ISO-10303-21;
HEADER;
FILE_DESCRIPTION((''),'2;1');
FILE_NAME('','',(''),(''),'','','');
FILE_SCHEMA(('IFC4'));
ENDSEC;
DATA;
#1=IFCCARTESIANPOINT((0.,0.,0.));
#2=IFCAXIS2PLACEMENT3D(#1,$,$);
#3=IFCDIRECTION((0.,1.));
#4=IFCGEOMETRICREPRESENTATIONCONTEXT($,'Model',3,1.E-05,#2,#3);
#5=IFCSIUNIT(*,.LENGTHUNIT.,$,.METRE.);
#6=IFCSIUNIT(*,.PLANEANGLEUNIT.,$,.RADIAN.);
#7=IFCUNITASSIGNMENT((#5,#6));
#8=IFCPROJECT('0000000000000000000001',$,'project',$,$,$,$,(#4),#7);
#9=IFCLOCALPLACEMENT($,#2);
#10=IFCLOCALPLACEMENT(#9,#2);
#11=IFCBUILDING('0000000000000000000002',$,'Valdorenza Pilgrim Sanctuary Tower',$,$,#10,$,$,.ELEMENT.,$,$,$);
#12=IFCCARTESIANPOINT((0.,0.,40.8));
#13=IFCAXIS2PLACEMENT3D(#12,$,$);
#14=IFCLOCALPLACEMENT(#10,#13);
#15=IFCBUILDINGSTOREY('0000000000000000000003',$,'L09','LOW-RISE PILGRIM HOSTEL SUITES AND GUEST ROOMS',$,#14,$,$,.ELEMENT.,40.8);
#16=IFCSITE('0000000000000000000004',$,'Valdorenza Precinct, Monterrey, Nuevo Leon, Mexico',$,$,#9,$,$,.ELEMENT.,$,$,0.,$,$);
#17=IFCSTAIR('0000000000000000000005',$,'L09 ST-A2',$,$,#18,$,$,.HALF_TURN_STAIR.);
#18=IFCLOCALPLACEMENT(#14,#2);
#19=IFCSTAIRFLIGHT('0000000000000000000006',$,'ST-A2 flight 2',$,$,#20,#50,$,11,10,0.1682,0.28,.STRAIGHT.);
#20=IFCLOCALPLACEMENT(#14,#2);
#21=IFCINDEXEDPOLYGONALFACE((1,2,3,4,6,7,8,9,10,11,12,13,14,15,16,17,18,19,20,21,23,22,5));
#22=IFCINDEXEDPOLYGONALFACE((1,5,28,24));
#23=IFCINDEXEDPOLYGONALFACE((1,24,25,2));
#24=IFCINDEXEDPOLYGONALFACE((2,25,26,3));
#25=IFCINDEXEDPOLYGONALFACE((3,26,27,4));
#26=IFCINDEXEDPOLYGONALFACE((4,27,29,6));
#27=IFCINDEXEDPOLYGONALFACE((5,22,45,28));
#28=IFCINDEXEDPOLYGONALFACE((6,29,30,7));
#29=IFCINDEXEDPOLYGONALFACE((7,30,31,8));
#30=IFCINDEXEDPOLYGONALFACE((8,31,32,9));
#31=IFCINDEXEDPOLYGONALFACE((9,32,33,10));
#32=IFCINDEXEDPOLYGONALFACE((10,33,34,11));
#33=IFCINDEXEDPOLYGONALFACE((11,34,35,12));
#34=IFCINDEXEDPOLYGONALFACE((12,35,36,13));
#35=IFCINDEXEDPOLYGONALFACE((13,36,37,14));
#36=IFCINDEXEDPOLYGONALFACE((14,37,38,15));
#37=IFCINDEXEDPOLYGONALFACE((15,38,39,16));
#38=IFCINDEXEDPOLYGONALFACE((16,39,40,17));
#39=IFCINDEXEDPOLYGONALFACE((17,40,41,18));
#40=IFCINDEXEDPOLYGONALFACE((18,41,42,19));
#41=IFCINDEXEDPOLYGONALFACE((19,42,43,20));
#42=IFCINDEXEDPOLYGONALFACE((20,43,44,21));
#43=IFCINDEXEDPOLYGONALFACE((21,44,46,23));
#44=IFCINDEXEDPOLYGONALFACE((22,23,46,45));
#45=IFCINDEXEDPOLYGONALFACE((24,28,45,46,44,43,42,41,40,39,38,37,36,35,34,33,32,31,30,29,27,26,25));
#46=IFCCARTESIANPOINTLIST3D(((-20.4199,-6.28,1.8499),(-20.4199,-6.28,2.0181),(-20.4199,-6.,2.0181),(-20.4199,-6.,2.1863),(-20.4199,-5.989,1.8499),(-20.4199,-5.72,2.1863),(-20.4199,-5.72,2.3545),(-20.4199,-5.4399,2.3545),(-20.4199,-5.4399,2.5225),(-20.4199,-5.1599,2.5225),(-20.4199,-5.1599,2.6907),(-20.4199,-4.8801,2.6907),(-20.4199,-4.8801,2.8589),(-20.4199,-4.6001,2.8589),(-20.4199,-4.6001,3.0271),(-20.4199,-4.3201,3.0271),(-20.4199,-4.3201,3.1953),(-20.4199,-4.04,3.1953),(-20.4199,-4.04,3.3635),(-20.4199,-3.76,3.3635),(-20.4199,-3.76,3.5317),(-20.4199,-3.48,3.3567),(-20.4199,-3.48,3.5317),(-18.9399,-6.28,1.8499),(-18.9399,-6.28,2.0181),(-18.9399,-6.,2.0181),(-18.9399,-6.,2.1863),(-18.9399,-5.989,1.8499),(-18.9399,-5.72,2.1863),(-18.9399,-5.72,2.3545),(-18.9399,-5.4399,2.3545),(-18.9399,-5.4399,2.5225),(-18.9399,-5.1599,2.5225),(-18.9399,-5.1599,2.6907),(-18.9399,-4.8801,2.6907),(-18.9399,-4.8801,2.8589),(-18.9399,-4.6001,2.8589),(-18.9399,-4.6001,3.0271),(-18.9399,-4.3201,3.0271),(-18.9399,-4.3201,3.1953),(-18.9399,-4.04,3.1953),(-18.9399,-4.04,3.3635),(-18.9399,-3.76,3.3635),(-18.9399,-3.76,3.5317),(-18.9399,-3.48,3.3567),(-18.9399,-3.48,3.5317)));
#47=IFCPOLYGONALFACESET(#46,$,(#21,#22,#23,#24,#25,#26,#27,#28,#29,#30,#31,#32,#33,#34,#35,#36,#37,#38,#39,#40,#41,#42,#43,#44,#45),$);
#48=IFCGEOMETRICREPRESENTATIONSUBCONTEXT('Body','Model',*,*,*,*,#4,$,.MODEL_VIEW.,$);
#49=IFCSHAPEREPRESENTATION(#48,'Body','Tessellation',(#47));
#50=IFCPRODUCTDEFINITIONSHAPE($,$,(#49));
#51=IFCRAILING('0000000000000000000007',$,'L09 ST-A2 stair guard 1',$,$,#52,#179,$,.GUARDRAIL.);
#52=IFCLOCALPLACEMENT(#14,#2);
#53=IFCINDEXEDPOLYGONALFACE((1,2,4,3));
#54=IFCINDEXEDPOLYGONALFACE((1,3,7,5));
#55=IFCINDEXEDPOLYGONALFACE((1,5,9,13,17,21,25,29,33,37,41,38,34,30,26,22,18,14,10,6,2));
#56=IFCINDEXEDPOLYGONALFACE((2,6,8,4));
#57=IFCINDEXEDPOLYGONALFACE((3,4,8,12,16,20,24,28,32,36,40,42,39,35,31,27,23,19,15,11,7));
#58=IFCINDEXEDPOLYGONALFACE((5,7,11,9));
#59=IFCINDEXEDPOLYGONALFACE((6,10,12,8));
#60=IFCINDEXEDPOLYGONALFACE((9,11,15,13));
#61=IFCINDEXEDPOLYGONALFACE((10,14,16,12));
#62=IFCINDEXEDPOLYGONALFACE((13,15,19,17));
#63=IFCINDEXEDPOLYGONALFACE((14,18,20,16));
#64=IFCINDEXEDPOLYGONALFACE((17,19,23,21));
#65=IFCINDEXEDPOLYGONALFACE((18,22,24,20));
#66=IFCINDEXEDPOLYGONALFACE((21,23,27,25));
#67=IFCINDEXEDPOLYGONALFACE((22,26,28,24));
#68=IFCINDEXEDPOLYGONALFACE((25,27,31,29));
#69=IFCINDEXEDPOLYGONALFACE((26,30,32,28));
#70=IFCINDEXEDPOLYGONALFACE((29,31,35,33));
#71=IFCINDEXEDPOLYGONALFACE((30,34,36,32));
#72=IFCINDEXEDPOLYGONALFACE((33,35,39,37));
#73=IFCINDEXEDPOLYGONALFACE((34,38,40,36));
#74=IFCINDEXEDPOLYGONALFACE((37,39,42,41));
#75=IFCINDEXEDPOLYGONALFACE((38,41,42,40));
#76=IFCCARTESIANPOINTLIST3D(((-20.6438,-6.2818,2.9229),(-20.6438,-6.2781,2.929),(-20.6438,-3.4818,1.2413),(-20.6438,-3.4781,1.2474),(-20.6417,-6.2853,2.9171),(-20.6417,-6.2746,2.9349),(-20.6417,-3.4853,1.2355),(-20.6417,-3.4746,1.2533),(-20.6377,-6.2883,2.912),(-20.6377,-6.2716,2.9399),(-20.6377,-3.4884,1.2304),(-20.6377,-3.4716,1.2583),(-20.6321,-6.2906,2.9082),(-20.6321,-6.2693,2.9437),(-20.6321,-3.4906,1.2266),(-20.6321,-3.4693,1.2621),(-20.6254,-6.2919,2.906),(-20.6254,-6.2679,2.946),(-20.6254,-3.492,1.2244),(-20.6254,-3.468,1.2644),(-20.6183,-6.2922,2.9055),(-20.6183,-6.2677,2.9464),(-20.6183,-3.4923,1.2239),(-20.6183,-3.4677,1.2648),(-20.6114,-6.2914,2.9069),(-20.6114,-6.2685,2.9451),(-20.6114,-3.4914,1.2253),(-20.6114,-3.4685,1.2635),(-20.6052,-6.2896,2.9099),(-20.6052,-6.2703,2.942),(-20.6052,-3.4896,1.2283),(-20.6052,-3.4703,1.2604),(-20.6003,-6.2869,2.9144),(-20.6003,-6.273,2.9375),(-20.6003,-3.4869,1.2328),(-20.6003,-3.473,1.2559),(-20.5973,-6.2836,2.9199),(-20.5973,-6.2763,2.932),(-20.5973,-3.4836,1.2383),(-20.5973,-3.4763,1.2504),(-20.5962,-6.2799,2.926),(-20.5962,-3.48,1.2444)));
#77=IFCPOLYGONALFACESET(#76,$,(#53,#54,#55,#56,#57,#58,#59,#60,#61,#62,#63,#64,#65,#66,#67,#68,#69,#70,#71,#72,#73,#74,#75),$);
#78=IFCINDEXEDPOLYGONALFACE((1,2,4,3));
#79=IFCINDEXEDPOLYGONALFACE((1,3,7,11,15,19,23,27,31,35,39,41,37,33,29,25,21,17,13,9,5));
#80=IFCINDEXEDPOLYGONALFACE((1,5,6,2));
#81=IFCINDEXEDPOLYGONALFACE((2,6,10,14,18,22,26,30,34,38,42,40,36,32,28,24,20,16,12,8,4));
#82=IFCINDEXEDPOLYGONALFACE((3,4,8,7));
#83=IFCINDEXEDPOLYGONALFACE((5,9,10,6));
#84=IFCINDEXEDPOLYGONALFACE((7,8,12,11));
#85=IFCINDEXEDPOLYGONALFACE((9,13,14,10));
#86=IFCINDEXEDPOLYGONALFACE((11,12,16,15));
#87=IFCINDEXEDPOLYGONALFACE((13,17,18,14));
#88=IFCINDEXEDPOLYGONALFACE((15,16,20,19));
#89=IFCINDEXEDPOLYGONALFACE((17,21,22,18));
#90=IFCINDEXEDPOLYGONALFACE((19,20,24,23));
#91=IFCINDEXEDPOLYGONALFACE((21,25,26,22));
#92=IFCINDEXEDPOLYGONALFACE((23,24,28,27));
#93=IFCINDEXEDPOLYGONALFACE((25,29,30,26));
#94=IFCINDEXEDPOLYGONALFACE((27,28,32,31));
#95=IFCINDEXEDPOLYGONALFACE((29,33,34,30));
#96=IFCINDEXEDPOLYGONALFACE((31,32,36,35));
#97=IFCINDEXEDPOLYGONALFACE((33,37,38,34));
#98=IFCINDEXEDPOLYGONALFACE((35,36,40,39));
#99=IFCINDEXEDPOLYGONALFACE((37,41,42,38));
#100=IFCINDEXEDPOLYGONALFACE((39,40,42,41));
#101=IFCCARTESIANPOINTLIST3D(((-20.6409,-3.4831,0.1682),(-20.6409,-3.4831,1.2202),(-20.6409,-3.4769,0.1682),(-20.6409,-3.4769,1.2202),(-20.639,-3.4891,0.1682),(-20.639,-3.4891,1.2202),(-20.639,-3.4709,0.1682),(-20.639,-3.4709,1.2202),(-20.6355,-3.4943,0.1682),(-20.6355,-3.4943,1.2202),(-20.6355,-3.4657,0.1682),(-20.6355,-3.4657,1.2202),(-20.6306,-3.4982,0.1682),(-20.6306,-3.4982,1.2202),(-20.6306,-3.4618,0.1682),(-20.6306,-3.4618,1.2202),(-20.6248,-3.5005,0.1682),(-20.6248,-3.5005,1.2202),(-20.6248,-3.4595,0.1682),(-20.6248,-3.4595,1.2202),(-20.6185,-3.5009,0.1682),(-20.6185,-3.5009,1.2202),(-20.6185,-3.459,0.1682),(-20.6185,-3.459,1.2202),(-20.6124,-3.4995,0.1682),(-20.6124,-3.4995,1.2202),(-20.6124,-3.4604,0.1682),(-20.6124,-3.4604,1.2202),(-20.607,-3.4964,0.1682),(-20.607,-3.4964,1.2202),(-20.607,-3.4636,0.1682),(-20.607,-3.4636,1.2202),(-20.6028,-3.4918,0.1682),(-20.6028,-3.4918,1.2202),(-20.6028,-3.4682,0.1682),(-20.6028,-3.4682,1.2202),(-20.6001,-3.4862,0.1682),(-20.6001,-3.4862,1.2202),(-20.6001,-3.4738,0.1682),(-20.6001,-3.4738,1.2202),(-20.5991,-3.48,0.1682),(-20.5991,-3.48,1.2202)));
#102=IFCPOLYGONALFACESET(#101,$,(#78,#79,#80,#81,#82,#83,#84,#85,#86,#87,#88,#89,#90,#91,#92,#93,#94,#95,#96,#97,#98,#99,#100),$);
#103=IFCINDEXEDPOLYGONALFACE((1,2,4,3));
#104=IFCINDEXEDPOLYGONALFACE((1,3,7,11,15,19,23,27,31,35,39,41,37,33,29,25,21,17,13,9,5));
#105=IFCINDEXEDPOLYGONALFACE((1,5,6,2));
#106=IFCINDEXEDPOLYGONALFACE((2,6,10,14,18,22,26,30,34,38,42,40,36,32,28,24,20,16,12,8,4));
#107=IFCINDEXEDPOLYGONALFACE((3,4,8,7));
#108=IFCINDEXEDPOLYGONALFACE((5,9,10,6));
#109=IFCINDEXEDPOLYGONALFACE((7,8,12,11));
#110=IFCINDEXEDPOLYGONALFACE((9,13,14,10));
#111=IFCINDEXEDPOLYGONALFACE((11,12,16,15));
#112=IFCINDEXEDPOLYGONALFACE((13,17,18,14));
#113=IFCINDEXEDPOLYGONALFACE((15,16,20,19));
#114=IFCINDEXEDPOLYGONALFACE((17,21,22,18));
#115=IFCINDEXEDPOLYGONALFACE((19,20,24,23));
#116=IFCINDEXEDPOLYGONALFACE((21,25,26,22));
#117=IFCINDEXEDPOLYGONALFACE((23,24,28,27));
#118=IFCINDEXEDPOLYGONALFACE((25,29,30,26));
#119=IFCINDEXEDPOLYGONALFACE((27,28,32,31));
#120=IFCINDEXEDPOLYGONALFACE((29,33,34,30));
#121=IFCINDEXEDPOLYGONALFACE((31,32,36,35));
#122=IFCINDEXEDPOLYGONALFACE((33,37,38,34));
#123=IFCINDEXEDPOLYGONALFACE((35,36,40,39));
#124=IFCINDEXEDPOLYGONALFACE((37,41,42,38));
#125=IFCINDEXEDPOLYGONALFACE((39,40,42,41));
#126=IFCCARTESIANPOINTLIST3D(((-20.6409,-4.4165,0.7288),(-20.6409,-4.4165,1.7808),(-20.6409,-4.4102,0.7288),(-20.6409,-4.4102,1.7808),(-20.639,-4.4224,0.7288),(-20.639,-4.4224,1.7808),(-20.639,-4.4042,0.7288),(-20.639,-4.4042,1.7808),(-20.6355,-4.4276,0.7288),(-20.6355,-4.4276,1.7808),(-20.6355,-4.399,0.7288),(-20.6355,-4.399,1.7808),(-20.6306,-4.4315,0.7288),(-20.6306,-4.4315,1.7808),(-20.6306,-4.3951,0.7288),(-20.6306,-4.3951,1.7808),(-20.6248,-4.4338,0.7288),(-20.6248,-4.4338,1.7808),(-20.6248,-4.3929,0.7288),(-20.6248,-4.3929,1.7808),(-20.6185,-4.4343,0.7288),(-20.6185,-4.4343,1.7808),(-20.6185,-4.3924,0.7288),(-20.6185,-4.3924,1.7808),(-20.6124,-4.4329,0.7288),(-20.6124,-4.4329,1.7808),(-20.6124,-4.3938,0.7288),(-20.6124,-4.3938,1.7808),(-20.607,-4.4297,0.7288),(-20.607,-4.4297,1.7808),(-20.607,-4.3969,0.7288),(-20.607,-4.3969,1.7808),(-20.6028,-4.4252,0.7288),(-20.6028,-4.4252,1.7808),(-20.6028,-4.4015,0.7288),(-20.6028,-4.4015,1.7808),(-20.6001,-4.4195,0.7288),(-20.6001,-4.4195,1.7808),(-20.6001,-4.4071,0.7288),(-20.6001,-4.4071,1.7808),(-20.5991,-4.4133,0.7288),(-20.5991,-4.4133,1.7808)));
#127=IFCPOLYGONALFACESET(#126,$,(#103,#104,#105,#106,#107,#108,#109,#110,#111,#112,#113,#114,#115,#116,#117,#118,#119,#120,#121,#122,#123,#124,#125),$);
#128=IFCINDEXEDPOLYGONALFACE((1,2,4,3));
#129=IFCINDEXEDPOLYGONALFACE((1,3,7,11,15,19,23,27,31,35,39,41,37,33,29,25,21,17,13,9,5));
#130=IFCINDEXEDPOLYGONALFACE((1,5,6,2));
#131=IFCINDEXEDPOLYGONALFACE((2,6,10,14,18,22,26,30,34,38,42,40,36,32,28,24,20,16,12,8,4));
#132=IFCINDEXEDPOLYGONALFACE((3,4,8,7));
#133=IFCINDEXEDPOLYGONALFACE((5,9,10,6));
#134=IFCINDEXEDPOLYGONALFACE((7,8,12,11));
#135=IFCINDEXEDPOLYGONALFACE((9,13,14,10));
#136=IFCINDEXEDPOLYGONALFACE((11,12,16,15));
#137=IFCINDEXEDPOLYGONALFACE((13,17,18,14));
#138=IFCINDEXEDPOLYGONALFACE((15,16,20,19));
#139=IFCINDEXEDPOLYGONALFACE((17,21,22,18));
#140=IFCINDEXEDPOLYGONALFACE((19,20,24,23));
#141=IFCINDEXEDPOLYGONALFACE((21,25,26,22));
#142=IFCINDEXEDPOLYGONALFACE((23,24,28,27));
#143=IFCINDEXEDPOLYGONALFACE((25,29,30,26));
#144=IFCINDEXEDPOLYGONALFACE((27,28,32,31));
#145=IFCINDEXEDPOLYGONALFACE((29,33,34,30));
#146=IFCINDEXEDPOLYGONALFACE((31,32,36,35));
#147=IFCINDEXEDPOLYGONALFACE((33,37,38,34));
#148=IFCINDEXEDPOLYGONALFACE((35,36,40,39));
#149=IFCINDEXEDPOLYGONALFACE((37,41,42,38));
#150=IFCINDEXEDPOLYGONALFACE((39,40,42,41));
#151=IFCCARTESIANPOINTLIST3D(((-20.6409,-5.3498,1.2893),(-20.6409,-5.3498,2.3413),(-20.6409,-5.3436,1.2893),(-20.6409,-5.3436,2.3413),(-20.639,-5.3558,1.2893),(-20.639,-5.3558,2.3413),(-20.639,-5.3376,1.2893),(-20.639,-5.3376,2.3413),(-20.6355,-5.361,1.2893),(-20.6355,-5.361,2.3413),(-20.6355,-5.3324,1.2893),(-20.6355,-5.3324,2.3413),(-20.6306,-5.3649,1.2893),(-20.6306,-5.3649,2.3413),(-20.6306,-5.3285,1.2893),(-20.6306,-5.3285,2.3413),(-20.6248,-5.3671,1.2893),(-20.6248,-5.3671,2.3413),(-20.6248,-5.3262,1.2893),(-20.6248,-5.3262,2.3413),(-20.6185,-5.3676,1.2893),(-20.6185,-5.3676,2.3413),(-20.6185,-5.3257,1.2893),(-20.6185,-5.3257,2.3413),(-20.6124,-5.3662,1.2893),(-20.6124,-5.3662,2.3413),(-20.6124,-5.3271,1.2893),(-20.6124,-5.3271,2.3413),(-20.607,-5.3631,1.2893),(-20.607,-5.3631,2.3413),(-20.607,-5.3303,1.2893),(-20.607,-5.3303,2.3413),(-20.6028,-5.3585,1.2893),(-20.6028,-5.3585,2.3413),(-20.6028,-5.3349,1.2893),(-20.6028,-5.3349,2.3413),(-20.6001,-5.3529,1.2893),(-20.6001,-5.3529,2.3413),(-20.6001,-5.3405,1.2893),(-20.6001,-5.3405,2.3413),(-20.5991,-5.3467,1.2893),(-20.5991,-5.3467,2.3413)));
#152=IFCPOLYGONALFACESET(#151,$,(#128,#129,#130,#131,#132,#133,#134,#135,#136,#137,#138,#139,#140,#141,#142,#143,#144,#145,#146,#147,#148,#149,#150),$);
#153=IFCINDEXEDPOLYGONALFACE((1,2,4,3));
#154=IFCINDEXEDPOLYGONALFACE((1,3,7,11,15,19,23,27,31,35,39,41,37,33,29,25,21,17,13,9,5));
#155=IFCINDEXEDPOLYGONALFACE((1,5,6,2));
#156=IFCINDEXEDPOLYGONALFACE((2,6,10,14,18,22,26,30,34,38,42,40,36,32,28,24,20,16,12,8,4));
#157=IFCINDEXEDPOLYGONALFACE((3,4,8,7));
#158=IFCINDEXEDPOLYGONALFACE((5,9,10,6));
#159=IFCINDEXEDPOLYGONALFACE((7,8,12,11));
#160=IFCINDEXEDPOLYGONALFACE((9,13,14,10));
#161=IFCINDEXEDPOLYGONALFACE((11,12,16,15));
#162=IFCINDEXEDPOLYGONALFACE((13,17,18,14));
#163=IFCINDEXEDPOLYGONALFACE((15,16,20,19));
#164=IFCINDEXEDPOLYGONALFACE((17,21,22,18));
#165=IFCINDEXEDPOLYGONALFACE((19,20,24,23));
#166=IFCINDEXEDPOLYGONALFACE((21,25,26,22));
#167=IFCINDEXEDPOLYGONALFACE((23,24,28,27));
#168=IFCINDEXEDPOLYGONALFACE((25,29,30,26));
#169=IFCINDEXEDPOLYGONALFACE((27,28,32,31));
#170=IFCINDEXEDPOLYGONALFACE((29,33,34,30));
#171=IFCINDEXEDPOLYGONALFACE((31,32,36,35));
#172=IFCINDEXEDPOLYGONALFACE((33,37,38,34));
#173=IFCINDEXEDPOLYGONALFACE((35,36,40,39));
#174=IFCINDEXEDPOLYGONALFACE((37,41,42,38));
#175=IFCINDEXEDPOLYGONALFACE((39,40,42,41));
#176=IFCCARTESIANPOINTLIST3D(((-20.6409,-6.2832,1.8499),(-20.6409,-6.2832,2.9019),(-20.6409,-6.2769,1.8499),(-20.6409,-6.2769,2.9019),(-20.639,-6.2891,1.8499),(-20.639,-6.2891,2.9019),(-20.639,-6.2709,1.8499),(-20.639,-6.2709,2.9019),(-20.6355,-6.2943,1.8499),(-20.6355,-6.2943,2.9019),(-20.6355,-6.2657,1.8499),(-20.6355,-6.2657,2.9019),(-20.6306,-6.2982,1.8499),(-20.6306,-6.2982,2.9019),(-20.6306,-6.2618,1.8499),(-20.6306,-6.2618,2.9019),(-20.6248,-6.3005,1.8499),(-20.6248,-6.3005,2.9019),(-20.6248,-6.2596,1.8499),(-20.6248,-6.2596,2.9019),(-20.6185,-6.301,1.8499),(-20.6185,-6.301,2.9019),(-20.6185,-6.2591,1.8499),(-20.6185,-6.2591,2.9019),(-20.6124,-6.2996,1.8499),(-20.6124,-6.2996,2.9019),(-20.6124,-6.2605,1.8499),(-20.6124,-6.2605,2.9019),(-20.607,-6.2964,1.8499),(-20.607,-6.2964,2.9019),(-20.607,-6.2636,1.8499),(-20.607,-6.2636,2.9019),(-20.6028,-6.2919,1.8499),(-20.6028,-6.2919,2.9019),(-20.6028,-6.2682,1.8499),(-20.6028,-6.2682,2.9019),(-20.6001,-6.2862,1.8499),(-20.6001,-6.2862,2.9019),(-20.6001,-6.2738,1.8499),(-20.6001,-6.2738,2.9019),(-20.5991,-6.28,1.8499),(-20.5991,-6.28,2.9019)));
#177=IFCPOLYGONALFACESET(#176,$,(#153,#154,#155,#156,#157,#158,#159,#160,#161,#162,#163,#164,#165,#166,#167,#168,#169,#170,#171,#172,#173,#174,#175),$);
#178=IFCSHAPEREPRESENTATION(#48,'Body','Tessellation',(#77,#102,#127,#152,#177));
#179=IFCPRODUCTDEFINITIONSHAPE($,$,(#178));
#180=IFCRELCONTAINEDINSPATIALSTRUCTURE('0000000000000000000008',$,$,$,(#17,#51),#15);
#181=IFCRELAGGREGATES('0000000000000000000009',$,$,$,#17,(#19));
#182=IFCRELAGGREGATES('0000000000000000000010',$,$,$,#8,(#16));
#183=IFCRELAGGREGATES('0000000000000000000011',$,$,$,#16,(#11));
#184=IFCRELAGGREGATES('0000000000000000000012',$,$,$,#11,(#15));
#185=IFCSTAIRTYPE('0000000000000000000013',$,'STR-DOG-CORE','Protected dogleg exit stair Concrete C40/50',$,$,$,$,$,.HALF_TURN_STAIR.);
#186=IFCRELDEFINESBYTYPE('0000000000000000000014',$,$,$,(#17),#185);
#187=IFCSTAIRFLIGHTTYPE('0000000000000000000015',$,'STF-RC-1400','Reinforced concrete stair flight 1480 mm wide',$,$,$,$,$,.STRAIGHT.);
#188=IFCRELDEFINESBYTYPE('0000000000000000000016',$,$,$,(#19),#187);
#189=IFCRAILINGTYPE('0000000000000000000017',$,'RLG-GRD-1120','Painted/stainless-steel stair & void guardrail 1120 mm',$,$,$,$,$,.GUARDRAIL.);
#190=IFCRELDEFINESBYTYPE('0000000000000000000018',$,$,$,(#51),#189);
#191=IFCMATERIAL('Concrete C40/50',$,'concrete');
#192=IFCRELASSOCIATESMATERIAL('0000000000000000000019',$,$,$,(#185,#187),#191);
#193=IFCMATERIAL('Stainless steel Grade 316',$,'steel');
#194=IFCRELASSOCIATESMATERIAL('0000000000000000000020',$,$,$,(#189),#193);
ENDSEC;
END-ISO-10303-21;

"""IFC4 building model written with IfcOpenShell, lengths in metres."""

from ifc_helpers import new_model, si_unit, direction, frame, origin, origin_2d, place, context, subcontext, project, spatial, polyline, circle, outline, extrude, material, type_object, element, aggregate, save


model = new_model("IFC4")

# Units and contexts
model_context = context("Model", 3, precision=1e-05, world=origin(), true_north=direction((0.0, 1.0)))
body_context = subcontext(model_context, "Body", "Model", "MODEL_VIEW")
ifc_project = project(units=[si_unit("LENGTHUNIT", "METRE"), si_unit("PLANEANGLEUNIT", "RADIAN")], contexts=[model_context])

# Site, building, storey
site_placement = place(None, origin())
site = spatial("IfcSite", under=ifc_project, at=site_placement, Name="Valdorenza Precinct, Monterrey, Nuevo Leon, Mexico", CompositionType="ELEMENT", RefElevation=0.0)
building_placement = place(site_placement, origin())
building = spatial("IfcBuilding", under=site, at=building_placement, Name="Valdorenza Pilgrim Sanctuary Tower", CompositionType="ELEMENT")
storey_placement = place(building_placement, frame((0.0, 0.0, 40.8)))
storey = spatial("IfcBuildingStorey", under=building, at=storey_placement, Name="L09", Description="LOW-RISE PILGRIM HOSTEL SUITES AND GUEST ROOMS", CompositionType="ELEMENT", Elevation=40.8)

# Shared definitions
ifc_material_1 = material(Name="Concrete C40/50", Category="concrete")

# Stair, stair flight
stair_type = type_object("IfcStairType", Name="STR-DOG-CORE", Description="Protected dogleg exit stair Concrete C40/50", PredefinedType="HALF_TURN_STAIR", material=ifc_material_1)
stair_placement = place(storey_placement, origin())
stair = element("IfcStair", 1, at=stair_placement, inside=storey, type_object=stair_type, Name="L09 ST-A2", PredefinedType="HALF_TURN_STAIR")
stair_flight_type = type_object("IfcStairFlightType", Name="STF-RC-1400", Description="Reinforced concrete stair flight 1480 mm wide", PredefinedType="STRAIGHT", material=ifc_material_1)
stair_flight_1_placement = place(storey_placement, frame((-19.6799, -6.28, 1.8499), z_axis=(0.0, 0.0, 1.0), x_axis=(0.0, 1.0, 0.0)))
stair_flight_1 = element("IfcStairFlight", 2, at=stair_flight_1_placement, type_object=stair_flight_type, Name="ST-A2 flight 2", NumberOfRisers=11, NumberOfTreads=10, PredefinedType="STRAIGHT", RiserHeight=0.1682, TreadLength=0.28, context=body_context, shape_type="SweptSolid", body=[
    extrude(outline(polyline([(0.0, 0.0), (0.0, 0.1682), (0.28, 0.1682), (0.28, 0.3364), (0.5601, 0.3364), (0.5601, 0.5046), (0.8401, 0.5046), (0.8401, 0.6726), (1.1201, 0.6726), (1.1201, 0.8408), (1.3999, 0.8408), (1.3999, 1.009), (1.6799, 1.009), (1.6799, 1.1772), (1.96, 1.1772), (1.96, 1.3455), (2.24, 1.3455), (2.24, 1.5137), (2.52, 1.5137), (2.52, 1.6819), (2.8, 1.6819), (2.8, 1.8501), (2.8, 1.5068), (0.291, 0.0), (0.0, 0.0)])), frame((0.0, 0.74, 0.0), z_axis=(0.0, -1.0, 0.0), x_axis=(1.0, 0.0, 0.0)), (0.0, 0.0, 1.0), 1.48),
])
aggregate(stair, [stair_flight_1])

# Railing
ifc_material_2 = material(Name="Stainless steel Grade 316", Category="steel")
railing_type_1 = type_object("IfcRailingType", Name="RLG-GRD-1120", Description="Painted/stainless-steel stair & void guardrail 1120 mm", PredefinedType="GUARDRAIL", material=ifc_material_2)
railing_1_placement = place(storey_placement, frame((-20.6201, -3.48, 0.1682)))
element("IfcRailing", 3, at=railing_1_placement, inside=storey, type_object=railing_type_1, Name="L09 ST-A2 stair guard 1", PredefinedType="GUARDRAIL", context=body_context, shape_type="SweptSolid", body=[
    extrude(circle(Radius=0.0239, at=origin_2d()), frame((0.0, 0.0, 1.0762), z_axis=(0.0, -0.857275, 0.514858), x_axis=(1.0, 0.0, 0.0)), (0.0, 0.0, 1.0), 3.2661),
    extrude(circle(Radius=0.021, at=origin_2d()), origin(), (0.0, 0.0, 1.0), 1.052),
    extrude(circle(Radius=0.021, at=origin_2d()), frame((0.0, -0.9333, 0.5605)), (0.0, 0.0, 1.0), 1.052),
    extrude(circle(Radius=0.021, at=origin_2d()), frame((0.0, -1.8667, 1.1211)), (0.0, 0.0, 1.0), 1.052),
    extrude(circle(Radius=0.021, at=origin_2d()), frame((0.0, -2.8, 1.6816)), (0.0, 0.0, 1.0), 1.052),
])

save(model, "model.ifc")
